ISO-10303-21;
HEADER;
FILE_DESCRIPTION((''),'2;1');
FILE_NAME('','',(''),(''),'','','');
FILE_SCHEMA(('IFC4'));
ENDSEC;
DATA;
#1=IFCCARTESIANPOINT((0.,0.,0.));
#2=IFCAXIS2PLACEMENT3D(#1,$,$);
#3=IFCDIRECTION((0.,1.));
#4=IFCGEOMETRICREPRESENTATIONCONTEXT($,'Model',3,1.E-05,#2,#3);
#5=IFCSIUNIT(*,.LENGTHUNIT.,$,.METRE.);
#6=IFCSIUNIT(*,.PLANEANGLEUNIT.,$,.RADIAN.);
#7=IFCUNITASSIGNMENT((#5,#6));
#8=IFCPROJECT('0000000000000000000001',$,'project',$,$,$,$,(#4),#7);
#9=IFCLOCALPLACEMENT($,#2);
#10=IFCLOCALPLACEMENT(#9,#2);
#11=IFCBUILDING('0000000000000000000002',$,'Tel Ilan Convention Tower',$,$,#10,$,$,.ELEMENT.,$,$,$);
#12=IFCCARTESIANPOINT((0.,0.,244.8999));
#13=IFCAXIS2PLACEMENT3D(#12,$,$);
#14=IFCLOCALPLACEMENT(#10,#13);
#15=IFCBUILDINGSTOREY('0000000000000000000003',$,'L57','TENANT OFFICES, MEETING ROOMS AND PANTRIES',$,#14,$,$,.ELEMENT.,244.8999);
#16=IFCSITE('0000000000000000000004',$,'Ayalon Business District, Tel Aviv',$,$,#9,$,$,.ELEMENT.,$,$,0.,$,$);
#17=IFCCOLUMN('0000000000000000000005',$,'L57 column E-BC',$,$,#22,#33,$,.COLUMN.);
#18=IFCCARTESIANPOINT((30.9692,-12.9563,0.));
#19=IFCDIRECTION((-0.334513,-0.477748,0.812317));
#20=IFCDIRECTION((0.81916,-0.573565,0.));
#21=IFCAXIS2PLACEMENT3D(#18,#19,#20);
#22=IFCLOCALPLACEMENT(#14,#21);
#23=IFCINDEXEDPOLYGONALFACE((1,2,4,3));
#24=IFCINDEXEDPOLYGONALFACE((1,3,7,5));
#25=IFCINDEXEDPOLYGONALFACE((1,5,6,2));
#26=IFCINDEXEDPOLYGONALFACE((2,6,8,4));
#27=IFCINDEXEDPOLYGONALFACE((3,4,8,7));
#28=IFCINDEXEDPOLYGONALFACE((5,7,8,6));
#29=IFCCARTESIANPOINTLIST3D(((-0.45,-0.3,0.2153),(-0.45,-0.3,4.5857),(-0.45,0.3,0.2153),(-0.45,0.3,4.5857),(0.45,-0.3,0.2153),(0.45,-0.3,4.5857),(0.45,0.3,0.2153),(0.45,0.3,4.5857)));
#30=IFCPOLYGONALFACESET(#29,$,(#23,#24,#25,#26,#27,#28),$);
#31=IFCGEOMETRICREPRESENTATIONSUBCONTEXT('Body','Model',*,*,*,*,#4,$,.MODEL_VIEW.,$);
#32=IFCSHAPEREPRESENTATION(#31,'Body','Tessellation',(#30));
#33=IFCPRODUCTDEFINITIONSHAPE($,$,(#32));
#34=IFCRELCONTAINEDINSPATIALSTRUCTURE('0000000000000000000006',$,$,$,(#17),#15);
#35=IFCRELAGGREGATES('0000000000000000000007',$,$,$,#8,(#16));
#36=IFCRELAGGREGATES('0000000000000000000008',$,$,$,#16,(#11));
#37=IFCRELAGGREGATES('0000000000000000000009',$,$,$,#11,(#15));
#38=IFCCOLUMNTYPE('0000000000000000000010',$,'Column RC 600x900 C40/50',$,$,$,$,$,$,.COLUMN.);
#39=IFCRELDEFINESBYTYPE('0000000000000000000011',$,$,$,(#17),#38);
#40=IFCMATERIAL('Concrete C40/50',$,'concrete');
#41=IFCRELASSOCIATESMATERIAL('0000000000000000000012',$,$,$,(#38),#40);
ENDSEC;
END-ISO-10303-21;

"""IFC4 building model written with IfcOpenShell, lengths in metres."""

from ifc_helpers import new_model, si_unit, direction, frame, origin, origin_2d, place, context, subcontext, project, spatial, rectangle, extrude, clip, halfspace, material, material_profile, profile_set, type_object, element, save


model = new_model("IFC4")

# Units and contexts
model_context = context("Model", 3, precision=1e-05, world=origin(), true_north=direction((0.0, 1.0)))
body_context = subcontext(model_context, "Body", "Model", "MODEL_VIEW")
ifc_project = project(units=[si_unit("LENGTHUNIT", "METRE"), si_unit("PLANEANGLEUNIT", "RADIAN")], contexts=[model_context])

# Site, building, storey
site_placement = place(None, origin())
site = spatial("IfcSite", under=ifc_project, at=site_placement, Name="Ayalon Business District, Tel Aviv", CompositionType="ELEMENT", RefElevation=0.0)
building_placement = place(site_placement, origin())
building = spatial("IfcBuilding", under=site, at=building_placement, Name="Tel Ilan Convention Tower", CompositionType="ELEMENT")
storey_placement = place(building_placement, frame((0.0, 0.0, 244.8999)))
storey = spatial("IfcBuildingStorey", under=building, at=storey_placement, Name="L57", Description="TENANT OFFICES, MEETING ROOMS AND PANTRIES", CompositionType="ELEMENT", Elevation=244.8999)

# Column
ifc_material_1 = material(Name="Concrete C40/50", Category="concrete")
ifc_material_profile_1 = material_profile(ifc_material_1, rectangle(XDim=0.8999, YDim=0.6001, at=origin_2d()), Name="RC 600x900")
ifc_profile_set_1 = profile_set([ifc_material_profile_1], Name="Concrete C40/50")
column_type = type_object("IfcColumnType", Name="Column RC 600x900 C40/50", PredefinedType="COLUMN", material=ifc_profile_set_1)
column_placement = place(storey_placement, frame((30.9692, -12.9563, 0.0), z_axis=(-0.334513, -0.477748, 0.812317), x_axis=(0.81916, -0.573565, 0.0)))
element("IfcColumn", 1, at=column_placement, inside=storey, type_object=column_type, Name="L57 column E-BC", PredefinedType="COLUMN", context=body_context, shape_type="Clipping", body=[
    clip(clip(extrude(rectangle(XDim=0.8999, YDim=0.6001, at=origin_2d()), origin(), (0.0, 0.0, 1.0), 4.801), halfspace(frame((0.0, 0.0, 0.2153), z_axis=(0.0, 0.0, 1.0), x_axis=(1.0, 0.0, 0.0)), True)), halfspace(frame((0.0, 0.0, 4.5857), z_axis=(0.0, 0.0, 1.0), x_axis=(1.0, 0.0, 0.0)), False)),
])

save(model, "model.ifc")
